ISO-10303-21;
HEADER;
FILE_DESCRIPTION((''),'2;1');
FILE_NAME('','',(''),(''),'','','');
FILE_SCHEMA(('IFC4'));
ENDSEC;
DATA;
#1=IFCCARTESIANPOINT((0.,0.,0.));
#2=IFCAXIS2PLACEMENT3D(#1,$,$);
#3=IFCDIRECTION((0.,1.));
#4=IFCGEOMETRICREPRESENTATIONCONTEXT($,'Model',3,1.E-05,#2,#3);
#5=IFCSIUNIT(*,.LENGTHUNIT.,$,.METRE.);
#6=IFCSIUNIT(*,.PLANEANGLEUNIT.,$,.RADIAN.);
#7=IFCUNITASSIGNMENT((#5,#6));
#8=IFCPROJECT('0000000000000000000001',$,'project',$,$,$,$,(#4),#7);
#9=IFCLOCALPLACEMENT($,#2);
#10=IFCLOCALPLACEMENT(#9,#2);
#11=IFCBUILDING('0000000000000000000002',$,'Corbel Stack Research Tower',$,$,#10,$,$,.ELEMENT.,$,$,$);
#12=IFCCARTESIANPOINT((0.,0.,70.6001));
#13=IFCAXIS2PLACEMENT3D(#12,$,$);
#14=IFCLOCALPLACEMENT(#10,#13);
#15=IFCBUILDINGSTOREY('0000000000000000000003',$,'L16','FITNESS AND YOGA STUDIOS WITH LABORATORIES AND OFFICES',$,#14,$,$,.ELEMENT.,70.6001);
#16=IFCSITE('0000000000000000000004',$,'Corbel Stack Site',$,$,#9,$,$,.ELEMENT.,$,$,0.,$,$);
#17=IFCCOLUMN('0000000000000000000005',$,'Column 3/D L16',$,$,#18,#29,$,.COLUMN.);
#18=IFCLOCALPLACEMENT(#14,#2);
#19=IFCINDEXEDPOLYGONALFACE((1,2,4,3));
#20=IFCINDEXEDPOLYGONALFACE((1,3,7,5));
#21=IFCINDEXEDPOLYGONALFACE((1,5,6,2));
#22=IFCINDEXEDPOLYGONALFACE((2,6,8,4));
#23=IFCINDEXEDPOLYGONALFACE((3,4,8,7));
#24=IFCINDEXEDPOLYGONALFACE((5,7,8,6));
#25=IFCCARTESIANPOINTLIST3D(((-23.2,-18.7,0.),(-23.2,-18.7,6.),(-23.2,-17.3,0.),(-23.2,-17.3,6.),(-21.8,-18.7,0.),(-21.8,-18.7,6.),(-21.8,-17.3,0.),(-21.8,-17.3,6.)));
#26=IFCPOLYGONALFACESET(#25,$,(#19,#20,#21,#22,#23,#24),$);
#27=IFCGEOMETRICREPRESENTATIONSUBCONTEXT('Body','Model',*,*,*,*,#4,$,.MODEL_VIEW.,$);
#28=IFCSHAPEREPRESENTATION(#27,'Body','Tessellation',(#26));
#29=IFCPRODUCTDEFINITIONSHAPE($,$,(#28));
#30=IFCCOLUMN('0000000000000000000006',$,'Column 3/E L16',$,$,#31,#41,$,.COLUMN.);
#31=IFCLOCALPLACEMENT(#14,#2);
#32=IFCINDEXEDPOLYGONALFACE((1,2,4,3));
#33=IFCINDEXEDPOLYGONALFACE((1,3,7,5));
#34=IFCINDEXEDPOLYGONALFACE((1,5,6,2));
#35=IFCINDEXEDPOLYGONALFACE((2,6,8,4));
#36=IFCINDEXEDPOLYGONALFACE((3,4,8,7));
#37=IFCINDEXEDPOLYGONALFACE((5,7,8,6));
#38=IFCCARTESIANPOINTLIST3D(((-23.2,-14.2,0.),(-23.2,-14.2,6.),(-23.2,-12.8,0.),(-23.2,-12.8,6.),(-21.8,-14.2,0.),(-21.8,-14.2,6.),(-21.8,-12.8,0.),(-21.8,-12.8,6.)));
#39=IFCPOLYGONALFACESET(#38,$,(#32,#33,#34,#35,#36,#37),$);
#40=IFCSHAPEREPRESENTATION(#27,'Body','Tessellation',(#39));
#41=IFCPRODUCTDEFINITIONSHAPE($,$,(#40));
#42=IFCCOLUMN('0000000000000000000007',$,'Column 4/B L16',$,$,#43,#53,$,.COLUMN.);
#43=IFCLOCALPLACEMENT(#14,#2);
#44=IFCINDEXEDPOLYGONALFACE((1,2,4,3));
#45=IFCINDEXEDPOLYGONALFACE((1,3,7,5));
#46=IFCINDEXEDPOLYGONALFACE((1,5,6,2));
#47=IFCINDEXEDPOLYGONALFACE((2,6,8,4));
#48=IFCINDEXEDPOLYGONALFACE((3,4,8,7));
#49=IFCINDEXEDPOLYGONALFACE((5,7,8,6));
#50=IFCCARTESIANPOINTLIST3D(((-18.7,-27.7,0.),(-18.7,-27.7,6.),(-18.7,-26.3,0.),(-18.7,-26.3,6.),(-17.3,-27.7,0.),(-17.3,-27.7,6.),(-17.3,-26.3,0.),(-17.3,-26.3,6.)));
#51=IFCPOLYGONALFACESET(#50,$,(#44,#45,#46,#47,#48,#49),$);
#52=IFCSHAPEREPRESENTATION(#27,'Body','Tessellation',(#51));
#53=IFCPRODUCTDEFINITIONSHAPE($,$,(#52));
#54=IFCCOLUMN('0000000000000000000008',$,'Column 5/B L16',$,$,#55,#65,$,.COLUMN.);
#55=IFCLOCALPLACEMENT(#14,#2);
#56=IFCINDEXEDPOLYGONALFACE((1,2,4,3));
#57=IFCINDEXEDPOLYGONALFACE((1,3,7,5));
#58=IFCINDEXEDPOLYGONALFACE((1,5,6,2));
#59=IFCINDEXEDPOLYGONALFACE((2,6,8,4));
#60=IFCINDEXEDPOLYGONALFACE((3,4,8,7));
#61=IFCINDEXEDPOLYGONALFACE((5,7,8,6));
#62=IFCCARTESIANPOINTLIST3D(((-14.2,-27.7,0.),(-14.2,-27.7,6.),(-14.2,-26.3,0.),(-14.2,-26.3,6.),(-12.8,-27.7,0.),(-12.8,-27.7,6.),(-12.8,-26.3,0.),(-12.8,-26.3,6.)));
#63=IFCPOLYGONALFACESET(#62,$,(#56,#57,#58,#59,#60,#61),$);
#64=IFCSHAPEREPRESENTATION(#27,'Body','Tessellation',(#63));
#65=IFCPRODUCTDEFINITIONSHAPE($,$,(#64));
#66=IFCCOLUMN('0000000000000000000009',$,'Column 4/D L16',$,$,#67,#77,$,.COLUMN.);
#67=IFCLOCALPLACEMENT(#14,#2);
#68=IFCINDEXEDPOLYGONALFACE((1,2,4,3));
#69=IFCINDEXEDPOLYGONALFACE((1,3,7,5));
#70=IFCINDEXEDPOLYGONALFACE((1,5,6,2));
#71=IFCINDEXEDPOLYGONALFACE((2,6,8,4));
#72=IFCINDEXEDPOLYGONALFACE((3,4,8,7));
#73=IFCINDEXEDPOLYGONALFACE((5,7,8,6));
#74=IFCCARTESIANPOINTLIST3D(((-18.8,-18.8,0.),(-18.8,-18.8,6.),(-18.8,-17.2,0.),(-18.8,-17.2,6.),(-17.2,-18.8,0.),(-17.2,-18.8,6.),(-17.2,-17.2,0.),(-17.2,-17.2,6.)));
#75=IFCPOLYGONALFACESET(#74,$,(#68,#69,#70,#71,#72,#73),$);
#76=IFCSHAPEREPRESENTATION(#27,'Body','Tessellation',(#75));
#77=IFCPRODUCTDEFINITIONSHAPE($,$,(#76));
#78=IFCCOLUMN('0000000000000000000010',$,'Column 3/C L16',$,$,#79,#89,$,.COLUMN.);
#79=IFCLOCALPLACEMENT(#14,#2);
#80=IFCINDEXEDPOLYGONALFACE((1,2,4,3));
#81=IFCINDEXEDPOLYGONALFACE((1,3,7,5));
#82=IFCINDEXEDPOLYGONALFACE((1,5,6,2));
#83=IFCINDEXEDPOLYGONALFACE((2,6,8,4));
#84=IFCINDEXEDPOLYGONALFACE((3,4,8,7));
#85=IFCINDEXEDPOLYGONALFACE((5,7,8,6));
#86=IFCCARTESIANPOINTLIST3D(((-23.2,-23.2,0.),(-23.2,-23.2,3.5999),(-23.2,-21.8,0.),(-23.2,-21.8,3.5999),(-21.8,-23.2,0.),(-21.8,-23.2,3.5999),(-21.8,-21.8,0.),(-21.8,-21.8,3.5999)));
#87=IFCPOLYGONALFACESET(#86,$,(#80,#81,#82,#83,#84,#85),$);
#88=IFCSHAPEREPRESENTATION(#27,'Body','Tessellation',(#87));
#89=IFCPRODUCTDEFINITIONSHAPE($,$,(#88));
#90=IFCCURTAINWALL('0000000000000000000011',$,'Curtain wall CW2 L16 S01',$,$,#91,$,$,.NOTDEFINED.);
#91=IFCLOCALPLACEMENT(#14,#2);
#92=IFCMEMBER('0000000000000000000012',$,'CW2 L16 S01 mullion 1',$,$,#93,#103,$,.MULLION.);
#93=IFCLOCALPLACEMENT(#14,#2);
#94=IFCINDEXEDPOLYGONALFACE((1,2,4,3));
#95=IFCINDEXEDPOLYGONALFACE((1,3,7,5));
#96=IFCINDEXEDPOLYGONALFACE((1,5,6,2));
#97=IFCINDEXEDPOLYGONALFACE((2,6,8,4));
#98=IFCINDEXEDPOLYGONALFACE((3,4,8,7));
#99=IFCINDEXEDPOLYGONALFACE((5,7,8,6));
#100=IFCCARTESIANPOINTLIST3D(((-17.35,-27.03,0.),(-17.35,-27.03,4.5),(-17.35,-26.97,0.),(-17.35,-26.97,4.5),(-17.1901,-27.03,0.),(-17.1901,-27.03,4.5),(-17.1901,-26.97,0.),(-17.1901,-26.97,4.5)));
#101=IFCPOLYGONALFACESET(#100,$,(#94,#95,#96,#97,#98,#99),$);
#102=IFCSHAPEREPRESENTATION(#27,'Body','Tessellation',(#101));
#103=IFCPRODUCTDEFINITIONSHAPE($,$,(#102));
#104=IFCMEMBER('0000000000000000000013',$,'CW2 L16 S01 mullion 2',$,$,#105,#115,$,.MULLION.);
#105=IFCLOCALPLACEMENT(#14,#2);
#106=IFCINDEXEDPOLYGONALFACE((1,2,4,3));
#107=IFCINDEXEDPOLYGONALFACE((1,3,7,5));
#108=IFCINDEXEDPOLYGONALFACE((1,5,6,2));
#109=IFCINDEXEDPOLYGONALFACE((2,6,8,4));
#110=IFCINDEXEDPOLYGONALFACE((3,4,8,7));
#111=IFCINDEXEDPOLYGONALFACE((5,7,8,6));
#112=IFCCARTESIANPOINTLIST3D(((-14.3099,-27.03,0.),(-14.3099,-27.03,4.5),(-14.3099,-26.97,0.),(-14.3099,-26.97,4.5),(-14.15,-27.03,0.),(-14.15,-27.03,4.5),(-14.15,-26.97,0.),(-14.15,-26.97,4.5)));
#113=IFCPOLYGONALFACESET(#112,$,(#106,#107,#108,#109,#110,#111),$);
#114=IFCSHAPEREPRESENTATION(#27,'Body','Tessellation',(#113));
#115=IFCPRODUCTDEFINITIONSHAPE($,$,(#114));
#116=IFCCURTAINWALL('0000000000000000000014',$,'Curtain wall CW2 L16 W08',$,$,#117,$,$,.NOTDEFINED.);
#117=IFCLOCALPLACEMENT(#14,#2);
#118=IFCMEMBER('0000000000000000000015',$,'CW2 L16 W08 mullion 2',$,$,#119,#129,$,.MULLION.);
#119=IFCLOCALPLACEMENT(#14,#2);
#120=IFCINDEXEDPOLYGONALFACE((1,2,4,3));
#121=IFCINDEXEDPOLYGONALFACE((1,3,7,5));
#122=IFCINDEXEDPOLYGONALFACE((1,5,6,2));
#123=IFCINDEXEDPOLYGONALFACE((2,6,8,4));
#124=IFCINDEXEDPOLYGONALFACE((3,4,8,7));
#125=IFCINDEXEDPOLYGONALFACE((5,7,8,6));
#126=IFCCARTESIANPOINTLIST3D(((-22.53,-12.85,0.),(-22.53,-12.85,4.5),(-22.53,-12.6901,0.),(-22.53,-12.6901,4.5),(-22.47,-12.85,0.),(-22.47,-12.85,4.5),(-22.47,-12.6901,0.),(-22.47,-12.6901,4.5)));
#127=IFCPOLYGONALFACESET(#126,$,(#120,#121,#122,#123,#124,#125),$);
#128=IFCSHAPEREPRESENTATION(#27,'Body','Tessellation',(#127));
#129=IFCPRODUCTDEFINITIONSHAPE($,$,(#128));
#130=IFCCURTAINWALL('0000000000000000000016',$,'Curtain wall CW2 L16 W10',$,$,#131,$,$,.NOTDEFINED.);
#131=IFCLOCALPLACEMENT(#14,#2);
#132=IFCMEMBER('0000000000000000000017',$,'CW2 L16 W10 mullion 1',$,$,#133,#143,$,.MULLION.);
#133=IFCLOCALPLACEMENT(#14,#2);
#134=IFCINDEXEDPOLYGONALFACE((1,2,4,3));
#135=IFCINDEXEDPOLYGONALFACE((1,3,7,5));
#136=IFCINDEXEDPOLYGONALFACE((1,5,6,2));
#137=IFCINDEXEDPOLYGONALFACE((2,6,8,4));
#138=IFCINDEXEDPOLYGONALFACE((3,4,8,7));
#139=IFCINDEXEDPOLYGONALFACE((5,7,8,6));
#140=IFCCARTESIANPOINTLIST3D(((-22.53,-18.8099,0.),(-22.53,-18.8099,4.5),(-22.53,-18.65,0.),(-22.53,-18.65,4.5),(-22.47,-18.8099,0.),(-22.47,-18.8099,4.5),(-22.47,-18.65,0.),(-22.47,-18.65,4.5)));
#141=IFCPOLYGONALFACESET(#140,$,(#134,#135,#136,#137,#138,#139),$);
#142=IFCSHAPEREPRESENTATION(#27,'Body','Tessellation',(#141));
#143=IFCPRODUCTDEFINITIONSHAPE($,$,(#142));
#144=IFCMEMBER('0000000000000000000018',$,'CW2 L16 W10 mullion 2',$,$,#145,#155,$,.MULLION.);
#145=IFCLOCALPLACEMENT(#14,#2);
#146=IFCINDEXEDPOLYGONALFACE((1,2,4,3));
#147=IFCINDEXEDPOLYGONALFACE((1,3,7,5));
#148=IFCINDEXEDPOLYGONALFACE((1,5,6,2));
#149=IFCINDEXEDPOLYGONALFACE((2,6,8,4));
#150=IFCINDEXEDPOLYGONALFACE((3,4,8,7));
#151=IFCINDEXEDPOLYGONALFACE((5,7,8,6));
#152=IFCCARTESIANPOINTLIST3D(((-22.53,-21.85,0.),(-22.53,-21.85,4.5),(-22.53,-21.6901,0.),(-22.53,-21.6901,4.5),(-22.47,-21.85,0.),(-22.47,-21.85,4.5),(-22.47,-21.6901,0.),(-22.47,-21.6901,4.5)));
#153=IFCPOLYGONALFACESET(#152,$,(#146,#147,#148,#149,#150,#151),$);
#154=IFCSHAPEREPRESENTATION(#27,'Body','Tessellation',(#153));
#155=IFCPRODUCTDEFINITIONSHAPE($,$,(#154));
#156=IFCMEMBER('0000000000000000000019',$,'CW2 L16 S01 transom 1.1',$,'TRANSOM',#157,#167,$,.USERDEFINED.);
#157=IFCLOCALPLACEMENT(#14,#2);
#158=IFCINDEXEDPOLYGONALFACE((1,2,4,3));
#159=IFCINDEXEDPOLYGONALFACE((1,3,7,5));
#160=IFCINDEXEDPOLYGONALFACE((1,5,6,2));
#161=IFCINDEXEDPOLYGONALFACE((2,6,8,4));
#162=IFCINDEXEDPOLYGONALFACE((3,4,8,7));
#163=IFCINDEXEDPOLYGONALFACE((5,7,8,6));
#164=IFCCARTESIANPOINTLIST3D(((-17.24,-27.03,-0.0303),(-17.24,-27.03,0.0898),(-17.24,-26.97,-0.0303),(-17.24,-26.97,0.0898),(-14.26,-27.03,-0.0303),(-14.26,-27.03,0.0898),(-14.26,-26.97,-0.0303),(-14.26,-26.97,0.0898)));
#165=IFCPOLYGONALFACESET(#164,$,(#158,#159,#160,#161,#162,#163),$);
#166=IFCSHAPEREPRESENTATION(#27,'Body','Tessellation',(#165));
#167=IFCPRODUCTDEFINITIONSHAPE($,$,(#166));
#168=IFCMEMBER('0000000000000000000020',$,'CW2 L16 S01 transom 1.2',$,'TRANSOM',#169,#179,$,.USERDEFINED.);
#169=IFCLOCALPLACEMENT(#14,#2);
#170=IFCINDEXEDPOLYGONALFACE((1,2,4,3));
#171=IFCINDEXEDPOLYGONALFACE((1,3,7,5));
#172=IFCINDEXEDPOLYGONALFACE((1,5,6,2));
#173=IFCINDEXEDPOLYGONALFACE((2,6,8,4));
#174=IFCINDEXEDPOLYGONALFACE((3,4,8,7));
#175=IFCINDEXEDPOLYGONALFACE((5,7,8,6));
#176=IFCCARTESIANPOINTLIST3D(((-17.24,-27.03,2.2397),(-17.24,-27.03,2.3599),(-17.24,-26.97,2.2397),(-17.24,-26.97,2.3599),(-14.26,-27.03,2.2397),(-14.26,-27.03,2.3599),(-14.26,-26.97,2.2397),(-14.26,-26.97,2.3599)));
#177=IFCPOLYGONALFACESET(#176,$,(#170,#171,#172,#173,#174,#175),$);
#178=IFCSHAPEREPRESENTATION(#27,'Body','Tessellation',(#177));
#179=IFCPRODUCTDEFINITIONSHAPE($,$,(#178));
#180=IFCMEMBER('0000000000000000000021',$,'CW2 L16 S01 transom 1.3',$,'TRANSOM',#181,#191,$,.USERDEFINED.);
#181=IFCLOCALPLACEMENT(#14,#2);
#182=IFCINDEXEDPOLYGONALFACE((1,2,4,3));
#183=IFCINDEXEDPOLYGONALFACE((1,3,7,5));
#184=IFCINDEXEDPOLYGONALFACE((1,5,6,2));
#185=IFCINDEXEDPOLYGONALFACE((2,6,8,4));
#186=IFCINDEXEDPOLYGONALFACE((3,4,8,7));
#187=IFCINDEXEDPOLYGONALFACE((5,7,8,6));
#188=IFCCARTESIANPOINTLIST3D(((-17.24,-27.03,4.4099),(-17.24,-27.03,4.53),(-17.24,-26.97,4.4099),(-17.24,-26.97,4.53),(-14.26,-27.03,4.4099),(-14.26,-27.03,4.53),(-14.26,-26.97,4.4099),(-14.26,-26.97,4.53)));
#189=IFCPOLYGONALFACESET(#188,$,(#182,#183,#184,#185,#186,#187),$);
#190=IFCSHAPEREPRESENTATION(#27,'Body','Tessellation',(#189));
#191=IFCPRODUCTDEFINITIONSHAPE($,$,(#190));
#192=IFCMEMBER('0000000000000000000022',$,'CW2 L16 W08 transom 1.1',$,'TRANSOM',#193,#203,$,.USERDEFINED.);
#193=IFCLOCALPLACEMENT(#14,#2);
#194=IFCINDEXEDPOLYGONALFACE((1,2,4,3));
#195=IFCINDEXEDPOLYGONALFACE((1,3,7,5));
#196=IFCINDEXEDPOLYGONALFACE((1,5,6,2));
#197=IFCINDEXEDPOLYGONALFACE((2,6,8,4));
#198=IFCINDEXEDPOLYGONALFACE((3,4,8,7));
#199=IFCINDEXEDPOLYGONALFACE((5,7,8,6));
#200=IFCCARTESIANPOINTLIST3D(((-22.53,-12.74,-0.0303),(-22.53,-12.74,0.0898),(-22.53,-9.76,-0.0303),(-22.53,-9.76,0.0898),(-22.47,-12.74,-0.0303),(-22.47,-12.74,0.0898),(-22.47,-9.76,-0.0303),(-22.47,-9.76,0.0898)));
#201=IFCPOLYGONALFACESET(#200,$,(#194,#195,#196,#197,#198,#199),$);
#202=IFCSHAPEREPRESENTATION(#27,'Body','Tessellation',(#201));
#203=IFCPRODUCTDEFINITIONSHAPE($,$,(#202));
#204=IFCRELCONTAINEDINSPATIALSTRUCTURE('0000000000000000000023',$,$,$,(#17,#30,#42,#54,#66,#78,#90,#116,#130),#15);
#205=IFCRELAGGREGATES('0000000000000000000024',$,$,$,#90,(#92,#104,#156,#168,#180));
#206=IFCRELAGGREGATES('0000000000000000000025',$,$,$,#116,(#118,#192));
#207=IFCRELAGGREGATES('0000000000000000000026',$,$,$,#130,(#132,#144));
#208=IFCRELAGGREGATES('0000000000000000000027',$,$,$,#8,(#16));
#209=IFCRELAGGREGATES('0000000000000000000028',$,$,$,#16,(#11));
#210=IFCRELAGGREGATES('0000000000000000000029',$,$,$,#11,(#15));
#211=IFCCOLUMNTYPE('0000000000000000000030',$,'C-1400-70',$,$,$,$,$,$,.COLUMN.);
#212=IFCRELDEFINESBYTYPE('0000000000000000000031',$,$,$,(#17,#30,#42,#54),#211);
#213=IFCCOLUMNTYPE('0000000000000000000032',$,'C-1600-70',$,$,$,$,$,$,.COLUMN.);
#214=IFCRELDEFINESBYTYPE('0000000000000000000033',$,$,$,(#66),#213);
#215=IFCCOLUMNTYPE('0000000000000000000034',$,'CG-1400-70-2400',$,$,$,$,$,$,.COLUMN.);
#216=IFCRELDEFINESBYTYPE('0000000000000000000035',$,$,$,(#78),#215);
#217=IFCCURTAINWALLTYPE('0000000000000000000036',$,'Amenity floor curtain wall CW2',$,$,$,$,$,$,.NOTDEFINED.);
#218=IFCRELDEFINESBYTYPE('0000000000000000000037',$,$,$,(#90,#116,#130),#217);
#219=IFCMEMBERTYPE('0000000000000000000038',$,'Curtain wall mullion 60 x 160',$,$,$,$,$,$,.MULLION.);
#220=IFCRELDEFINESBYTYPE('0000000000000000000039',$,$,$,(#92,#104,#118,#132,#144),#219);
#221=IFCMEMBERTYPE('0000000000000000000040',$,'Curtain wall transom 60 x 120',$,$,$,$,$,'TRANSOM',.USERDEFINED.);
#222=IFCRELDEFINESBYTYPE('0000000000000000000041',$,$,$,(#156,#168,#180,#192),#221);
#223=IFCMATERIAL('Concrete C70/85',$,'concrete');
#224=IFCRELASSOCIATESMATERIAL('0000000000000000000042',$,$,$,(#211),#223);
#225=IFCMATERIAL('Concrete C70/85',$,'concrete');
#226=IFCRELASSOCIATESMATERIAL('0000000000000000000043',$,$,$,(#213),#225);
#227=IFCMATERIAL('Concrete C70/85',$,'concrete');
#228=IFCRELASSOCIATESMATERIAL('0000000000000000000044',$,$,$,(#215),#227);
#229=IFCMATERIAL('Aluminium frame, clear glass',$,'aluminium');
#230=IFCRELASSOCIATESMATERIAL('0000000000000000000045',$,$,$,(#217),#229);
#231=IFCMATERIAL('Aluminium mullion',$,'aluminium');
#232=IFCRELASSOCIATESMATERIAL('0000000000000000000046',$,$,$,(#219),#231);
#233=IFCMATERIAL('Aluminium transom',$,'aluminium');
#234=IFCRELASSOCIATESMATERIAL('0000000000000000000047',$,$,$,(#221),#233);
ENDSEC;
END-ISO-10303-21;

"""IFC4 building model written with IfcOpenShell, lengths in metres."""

from ifc_helpers import new_model, si_unit, direction, frame, origin, origin_2d, place, context, subcontext, project, spatial, rectangle, extrude, material, material_profile, profile_set, type_object, element, aggregate, save


model = new_model("IFC4")

# Units and contexts
model_context = context("Model", 3, precision=1e-05, world=origin(), true_north=direction((0.0, 1.0)))
body_context = subcontext(model_context, "Body", "Model", "MODEL_VIEW")
ifc_project = project(units=[si_unit("LENGTHUNIT", "METRE"), si_unit("PLANEANGLEUNIT", "RADIAN")], contexts=[model_context])

# Site, building, storey
site_placement = place(None, origin())
site = spatial("IfcSite", under=ifc_project, at=site_placement, Name="Corbel Stack Site", CompositionType="ELEMENT", RefElevation=0.0)
building_placement = place(site_placement, origin())
building = spatial("IfcBuilding", under=site, at=building_placement, Name="Corbel Stack Research Tower", CompositionType="ELEMENT")
storey_placement = place(building_placement, frame((0.0, 0.0, 70.6001)))
storey = spatial("IfcBuildingStorey", under=building, at=storey_placement, Name="L16", Description="FITNESS AND YOGA STUDIOS WITH LABORATORIES AND OFFICES", CompositionType="ELEMENT", Elevation=70.6001)

# Columns
ifc_material_1 = material(Name="Concrete C70/85", Category="concrete")
ifc_material_profile_1 = material_profile(ifc_material_1, rectangle(XDim=1.3999, YDim=1.3999, at=origin_2d()), Name="RC 1400 x 1400")
ifc_profile_set_1 = profile_set([ifc_material_profile_1], Name="Concrete C70/85")
column_type_1 = type_object("IfcColumnType", Name="C-1400-70", PredefinedType="COLUMN", material=ifc_profile_set_1)
for number, where, z_axis, x_axis, name in (
    (1, (-22.5, -18.0, 0.0), (0.0, 0.0, 1.0), (1.0, 0.0, 0.0), "Column 3/D L16"),
    (2, (-22.5, -13.5, 0.0), (0.0, 0.0, 1.0), (1.0, 0.0, 0.0), "Column 3/E L16"),
    (3, (-18.0, -27.0, 0.0), (0.0, 0.0, 1.0), (1.0, 0.0, 0.0), "Column 4/B L16"),
    (4, (-13.5, -27.0, 0.0), (0.0, 0.0, 1.0), (1.0, 0.0, 0.0), "Column 5/B L16"),
):
    element("IfcColumn", number, at=place(storey_placement, frame(where, z_axis=z_axis, x_axis=x_axis)), inside=storey, type_object=column_type_1, Name=name, PredefinedType="COLUMN", context=body_context, shape_type="SweptSolid", body=[
        extrude(rectangle(XDim=1.3999, YDim=1.3999, at=origin_2d()), origin(), (0.0, 0.0, 1.0), 6.0),
    ])
ifc_material_2 = material(Name="Concrete C70/85", Category="concrete")
ifc_material_profile_2 = material_profile(ifc_material_2, rectangle(XDim=1.6001, YDim=1.6001, at=origin_2d()), Name="RC 1600 x 1600")
ifc_profile_set_2 = profile_set([ifc_material_profile_2], Name="Concrete C70/85")
column_type_2 = type_object("IfcColumnType", Name="C-1600-70", PredefinedType="COLUMN", material=ifc_profile_set_2)
column_1_placement = place(storey_placement, frame((-18.0, -18.0, 0.0), z_axis=(0.0, 0.0, 1.0), x_axis=(1.0, 0.0, 0.0)))
element("IfcColumn", 5, at=column_1_placement, inside=storey, type_object=column_type_2, Name="Column 4/D L16", PredefinedType="COLUMN", context=body_context, shape_type="SweptSolid", body=[
    extrude(rectangle(XDim=1.6001, YDim=1.6001, at=origin_2d()), origin(), (0.0, 0.0, 1.0), 6.0),
])
ifc_material_3 = material(Name="Concrete C70/85", Category="concrete")
ifc_material_profile_3 = material_profile(ifc_material_3, rectangle(XDim=1.3999, YDim=1.3999, at=origin_2d()), Name="RC 1400 x 1400")
ifc_profile_set_3 = profile_set([ifc_material_profile_3], Name="Concrete C70/85")
column_type_3 = type_object("IfcColumnType", Name="CG-1400-70-2400", PredefinedType="COLUMN", material=ifc_profile_set_3)
column_2_placement = place(storey_placement, frame((-22.5, -22.5, 0.0), z_axis=(0.0, 0.0, 1.0), x_axis=(1.0, 0.0, 0.0)))
element("IfcColumn", 6, at=column_2_placement, inside=storey, type_object=column_type_3, Name="Column 3/C L16", PredefinedType="COLUMN", context=body_context, shape_type="SweptSolid", body=[
    extrude(rectangle(XDim=1.3999, YDim=1.3999, at=origin_2d()), origin(), (0.0, 0.0, 1.0), 3.5999),
])

# Curtain wall, members
ifc_material_4 = material(Name="Aluminium frame, clear glass", Category="aluminium")
curtain_wall_type = type_object("IfcCurtainWallType", Name="Amenity floor curtain wall CW2", PredefinedType="NOTDEFINED", material=ifc_material_4)
curtain_wall_1_placement = place(storey_placement, origin())
curtain_wall_1 = element("IfcCurtainWall", 7, at=curtain_wall_1_placement, inside=storey, type_object=curtain_wall_type, Name="Curtain wall CW2 L16 S01", PredefinedType="NOTDEFINED")
ifc_material_5 = material(Name="Aluminium mullion", Category="aluminium")
ifc_material_profile_4 = material_profile(ifc_material_5, rectangle(XDim=0.0601, YDim=0.1599, at=origin_2d()), Name="Mullion 60 x 160")
ifc_profile_set_4 = profile_set([ifc_material_profile_4], Name="Aluminium mullion")
member_type_1 = type_object("IfcMemberType", Name="Curtain wall mullion 60 x 160", PredefinedType="MULLION", material=ifc_profile_set_4)
member_1_placement = place(storey_placement, frame((-17.27, -27.0, 0.0), z_axis=(0.0, 0.0, 1.0), x_axis=(0.0, 1.0, 0.0)))
member_1 = element("IfcMember", 8, at=member_1_placement, type_object=member_type_1, Name="CW2 L16 S01 mullion 1", PredefinedType="MULLION", context=body_context, shape_type="SweptSolid", body=[
    extrude(rectangle(XDim=0.0601, YDim=0.1599, at=origin_2d()), origin(), (0.0, 0.0, 1.0), 4.5),
])
member_2_placement = place(storey_placement, frame((-14.23, -27.0, 0.0), z_axis=(0.0, 0.0, 1.0), x_axis=(0.0, 1.0, 0.0)))
member_2 = element("IfcMember", 9, at=member_2_placement, type_object=member_type_1, Name="CW2 L16 S01 mullion 2", PredefinedType="MULLION", context=body_context, shape_type="SweptSolid", body=[
    extrude(rectangle(XDim=0.0601, YDim=0.1599, at=origin_2d()), origin(), (0.0, 0.0, 1.0), 4.5),
])

# Curtain wall, member
curtain_wall_2_placement = place(storey_placement, origin())
curtain_wall_2 = element("IfcCurtainWall", 10, at=curtain_wall_2_placement, inside=storey, type_object=curtain_wall_type, Name="Curtain wall CW2 L16 W08", PredefinedType="NOTDEFINED")
member_3_placement = place(storey_placement, frame((-22.5, -12.77, 0.0), z_axis=(0.0, 0.0, 1.0), x_axis=(1.0, 0.0, 0.0)))
member_3 = element("IfcMember", 11, at=member_3_placement, type_object=member_type_1, Name="CW2 L16 W08 mullion 2", PredefinedType="MULLION", context=body_context, shape_type="SweptSolid", body=[
    extrude(rectangle(XDim=0.0601, YDim=0.1599, at=origin_2d()), origin(), (0.0, 0.0, 1.0), 4.5),
])

# Curtain wall, members
curtain_wall_3_placement = place(storey_placement, origin())
curtain_wall_3 = element("IfcCurtainWall", 12, at=curtain_wall_3_placement, inside=storey, type_object=curtain_wall_type, Name="Curtain wall CW2 L16 W10", PredefinedType="NOTDEFINED")
member_4_placement = place(storey_placement, frame((-22.5, -18.73, 0.0), z_axis=(0.0, 0.0, 1.0), x_axis=(1.0, 0.0, 0.0)))
member_4 = element("IfcMember", 13, at=member_4_placement, type_object=member_type_1, Name="CW2 L16 W10 mullion 1", PredefinedType="MULLION", context=body_context, shape_type="SweptSolid", body=[
    extrude(rectangle(XDim=0.0601, YDim=0.1599, at=origin_2d()), origin(), (0.0, 0.0, 1.0), 4.5),
])
member_5_placement = place(storey_placement, frame((-22.5, -21.77, 0.0), z_axis=(0.0, 0.0, 1.0), x_axis=(1.0, 0.0, 0.0)))
member_5 = element("IfcMember", 14, at=member_5_placement, type_object=member_type_1, Name="CW2 L16 W10 mullion 2", PredefinedType="MULLION", context=body_context, shape_type="SweptSolid", body=[
    extrude(rectangle(XDim=0.0601, YDim=0.1599, at=origin_2d()), origin(), (0.0, 0.0, 1.0), 4.5),
])

# Members
ifc_material_6 = material(Name="Aluminium transom", Category="aluminium")
ifc_material_profile_5 = material_profile(ifc_material_6, rectangle(XDim=0.0601, YDim=0.1201, at=origin_2d()), Name="Transom 60 x 120")
ifc_profile_set_5 = profile_set([ifc_material_profile_5], Name="Aluminium transom")
member_type_2 = type_object("IfcMemberType", Name="Curtain wall transom 60 x 120", ElementType="TRANSOM", PredefinedType="USERDEFINED", material=ifc_profile_set_5)
member_6_placement = place(storey_placement, frame((-17.24, -27.0, 0.0298), z_axis=(1.0, 0.0, 0.0), x_axis=(0.0, 1.0, 0.0)))
member_6 = element("IfcMember", 15, at=member_6_placement, type_object=member_type_2, Name="CW2 L16 S01 transom 1.1", ObjectType="TRANSOM", PredefinedType="USERDEFINED", context=body_context, shape_type="SweptSolid", body=[
    extrude(rectangle(XDim=0.0601, YDim=0.1201, at=origin_2d()), origin(), (0.0, 0.0, 1.0), 2.98),
])
member_7_placement = place(storey_placement, frame((-17.24, -27.0, 2.2998), z_axis=(1.0, 0.0, 0.0), x_axis=(0.0, 1.0, 0.0)))
member_7 = element("IfcMember", 16, at=member_7_placement, type_object=member_type_2, Name="CW2 L16 S01 transom 1.2", ObjectType="TRANSOM", PredefinedType="USERDEFINED", context=body_context, shape_type="SweptSolid", body=[
    extrude(rectangle(XDim=0.0601, YDim=0.1201, at=origin_2d()), origin(), (0.0, 0.0, 1.0), 2.98),
])
member_8_placement = place(storey_placement, frame((-17.24, -27.0, 4.47), z_axis=(1.0, 0.0, 0.0), x_axis=(0.0, 1.0, 0.0)))
member_8 = element("IfcMember", 17, at=member_8_placement, type_object=member_type_2, Name="CW2 L16 S01 transom 1.3", ObjectType="TRANSOM", PredefinedType="USERDEFINED", context=body_context, shape_type="SweptSolid", body=[
    extrude(rectangle(XDim=0.0601, YDim=0.1201, at=origin_2d()), origin(), (0.0, 0.0, 1.0), 2.98),
])
member_9_placement = place(storey_placement, frame((-22.5, -9.76, 0.0298), z_axis=(0.0, -1.0, 0.0), x_axis=(1.0, 0.0, 0.0)))
member_9 = element("IfcMember", 18, at=member_9_placement, type_object=member_type_2, Name="CW2 L16 W08 transom 1.1", ObjectType="TRANSOM", PredefinedType="USERDEFINED", context=body_context, shape_type="SweptSolid", body=[
    extrude(rectangle(XDim=0.0601, YDim=0.1201, at=origin_2d()), origin(), (0.0, 0.0, 1.0), 2.98),
])

aggregate(curtain_wall_1, [member_1, member_2, member_6, member_7, member_8])
aggregate(curtain_wall_2, [member_3, member_9])
aggregate(curtain_wall_3, [member_4, member_5])

save(model, "model.ifc")
